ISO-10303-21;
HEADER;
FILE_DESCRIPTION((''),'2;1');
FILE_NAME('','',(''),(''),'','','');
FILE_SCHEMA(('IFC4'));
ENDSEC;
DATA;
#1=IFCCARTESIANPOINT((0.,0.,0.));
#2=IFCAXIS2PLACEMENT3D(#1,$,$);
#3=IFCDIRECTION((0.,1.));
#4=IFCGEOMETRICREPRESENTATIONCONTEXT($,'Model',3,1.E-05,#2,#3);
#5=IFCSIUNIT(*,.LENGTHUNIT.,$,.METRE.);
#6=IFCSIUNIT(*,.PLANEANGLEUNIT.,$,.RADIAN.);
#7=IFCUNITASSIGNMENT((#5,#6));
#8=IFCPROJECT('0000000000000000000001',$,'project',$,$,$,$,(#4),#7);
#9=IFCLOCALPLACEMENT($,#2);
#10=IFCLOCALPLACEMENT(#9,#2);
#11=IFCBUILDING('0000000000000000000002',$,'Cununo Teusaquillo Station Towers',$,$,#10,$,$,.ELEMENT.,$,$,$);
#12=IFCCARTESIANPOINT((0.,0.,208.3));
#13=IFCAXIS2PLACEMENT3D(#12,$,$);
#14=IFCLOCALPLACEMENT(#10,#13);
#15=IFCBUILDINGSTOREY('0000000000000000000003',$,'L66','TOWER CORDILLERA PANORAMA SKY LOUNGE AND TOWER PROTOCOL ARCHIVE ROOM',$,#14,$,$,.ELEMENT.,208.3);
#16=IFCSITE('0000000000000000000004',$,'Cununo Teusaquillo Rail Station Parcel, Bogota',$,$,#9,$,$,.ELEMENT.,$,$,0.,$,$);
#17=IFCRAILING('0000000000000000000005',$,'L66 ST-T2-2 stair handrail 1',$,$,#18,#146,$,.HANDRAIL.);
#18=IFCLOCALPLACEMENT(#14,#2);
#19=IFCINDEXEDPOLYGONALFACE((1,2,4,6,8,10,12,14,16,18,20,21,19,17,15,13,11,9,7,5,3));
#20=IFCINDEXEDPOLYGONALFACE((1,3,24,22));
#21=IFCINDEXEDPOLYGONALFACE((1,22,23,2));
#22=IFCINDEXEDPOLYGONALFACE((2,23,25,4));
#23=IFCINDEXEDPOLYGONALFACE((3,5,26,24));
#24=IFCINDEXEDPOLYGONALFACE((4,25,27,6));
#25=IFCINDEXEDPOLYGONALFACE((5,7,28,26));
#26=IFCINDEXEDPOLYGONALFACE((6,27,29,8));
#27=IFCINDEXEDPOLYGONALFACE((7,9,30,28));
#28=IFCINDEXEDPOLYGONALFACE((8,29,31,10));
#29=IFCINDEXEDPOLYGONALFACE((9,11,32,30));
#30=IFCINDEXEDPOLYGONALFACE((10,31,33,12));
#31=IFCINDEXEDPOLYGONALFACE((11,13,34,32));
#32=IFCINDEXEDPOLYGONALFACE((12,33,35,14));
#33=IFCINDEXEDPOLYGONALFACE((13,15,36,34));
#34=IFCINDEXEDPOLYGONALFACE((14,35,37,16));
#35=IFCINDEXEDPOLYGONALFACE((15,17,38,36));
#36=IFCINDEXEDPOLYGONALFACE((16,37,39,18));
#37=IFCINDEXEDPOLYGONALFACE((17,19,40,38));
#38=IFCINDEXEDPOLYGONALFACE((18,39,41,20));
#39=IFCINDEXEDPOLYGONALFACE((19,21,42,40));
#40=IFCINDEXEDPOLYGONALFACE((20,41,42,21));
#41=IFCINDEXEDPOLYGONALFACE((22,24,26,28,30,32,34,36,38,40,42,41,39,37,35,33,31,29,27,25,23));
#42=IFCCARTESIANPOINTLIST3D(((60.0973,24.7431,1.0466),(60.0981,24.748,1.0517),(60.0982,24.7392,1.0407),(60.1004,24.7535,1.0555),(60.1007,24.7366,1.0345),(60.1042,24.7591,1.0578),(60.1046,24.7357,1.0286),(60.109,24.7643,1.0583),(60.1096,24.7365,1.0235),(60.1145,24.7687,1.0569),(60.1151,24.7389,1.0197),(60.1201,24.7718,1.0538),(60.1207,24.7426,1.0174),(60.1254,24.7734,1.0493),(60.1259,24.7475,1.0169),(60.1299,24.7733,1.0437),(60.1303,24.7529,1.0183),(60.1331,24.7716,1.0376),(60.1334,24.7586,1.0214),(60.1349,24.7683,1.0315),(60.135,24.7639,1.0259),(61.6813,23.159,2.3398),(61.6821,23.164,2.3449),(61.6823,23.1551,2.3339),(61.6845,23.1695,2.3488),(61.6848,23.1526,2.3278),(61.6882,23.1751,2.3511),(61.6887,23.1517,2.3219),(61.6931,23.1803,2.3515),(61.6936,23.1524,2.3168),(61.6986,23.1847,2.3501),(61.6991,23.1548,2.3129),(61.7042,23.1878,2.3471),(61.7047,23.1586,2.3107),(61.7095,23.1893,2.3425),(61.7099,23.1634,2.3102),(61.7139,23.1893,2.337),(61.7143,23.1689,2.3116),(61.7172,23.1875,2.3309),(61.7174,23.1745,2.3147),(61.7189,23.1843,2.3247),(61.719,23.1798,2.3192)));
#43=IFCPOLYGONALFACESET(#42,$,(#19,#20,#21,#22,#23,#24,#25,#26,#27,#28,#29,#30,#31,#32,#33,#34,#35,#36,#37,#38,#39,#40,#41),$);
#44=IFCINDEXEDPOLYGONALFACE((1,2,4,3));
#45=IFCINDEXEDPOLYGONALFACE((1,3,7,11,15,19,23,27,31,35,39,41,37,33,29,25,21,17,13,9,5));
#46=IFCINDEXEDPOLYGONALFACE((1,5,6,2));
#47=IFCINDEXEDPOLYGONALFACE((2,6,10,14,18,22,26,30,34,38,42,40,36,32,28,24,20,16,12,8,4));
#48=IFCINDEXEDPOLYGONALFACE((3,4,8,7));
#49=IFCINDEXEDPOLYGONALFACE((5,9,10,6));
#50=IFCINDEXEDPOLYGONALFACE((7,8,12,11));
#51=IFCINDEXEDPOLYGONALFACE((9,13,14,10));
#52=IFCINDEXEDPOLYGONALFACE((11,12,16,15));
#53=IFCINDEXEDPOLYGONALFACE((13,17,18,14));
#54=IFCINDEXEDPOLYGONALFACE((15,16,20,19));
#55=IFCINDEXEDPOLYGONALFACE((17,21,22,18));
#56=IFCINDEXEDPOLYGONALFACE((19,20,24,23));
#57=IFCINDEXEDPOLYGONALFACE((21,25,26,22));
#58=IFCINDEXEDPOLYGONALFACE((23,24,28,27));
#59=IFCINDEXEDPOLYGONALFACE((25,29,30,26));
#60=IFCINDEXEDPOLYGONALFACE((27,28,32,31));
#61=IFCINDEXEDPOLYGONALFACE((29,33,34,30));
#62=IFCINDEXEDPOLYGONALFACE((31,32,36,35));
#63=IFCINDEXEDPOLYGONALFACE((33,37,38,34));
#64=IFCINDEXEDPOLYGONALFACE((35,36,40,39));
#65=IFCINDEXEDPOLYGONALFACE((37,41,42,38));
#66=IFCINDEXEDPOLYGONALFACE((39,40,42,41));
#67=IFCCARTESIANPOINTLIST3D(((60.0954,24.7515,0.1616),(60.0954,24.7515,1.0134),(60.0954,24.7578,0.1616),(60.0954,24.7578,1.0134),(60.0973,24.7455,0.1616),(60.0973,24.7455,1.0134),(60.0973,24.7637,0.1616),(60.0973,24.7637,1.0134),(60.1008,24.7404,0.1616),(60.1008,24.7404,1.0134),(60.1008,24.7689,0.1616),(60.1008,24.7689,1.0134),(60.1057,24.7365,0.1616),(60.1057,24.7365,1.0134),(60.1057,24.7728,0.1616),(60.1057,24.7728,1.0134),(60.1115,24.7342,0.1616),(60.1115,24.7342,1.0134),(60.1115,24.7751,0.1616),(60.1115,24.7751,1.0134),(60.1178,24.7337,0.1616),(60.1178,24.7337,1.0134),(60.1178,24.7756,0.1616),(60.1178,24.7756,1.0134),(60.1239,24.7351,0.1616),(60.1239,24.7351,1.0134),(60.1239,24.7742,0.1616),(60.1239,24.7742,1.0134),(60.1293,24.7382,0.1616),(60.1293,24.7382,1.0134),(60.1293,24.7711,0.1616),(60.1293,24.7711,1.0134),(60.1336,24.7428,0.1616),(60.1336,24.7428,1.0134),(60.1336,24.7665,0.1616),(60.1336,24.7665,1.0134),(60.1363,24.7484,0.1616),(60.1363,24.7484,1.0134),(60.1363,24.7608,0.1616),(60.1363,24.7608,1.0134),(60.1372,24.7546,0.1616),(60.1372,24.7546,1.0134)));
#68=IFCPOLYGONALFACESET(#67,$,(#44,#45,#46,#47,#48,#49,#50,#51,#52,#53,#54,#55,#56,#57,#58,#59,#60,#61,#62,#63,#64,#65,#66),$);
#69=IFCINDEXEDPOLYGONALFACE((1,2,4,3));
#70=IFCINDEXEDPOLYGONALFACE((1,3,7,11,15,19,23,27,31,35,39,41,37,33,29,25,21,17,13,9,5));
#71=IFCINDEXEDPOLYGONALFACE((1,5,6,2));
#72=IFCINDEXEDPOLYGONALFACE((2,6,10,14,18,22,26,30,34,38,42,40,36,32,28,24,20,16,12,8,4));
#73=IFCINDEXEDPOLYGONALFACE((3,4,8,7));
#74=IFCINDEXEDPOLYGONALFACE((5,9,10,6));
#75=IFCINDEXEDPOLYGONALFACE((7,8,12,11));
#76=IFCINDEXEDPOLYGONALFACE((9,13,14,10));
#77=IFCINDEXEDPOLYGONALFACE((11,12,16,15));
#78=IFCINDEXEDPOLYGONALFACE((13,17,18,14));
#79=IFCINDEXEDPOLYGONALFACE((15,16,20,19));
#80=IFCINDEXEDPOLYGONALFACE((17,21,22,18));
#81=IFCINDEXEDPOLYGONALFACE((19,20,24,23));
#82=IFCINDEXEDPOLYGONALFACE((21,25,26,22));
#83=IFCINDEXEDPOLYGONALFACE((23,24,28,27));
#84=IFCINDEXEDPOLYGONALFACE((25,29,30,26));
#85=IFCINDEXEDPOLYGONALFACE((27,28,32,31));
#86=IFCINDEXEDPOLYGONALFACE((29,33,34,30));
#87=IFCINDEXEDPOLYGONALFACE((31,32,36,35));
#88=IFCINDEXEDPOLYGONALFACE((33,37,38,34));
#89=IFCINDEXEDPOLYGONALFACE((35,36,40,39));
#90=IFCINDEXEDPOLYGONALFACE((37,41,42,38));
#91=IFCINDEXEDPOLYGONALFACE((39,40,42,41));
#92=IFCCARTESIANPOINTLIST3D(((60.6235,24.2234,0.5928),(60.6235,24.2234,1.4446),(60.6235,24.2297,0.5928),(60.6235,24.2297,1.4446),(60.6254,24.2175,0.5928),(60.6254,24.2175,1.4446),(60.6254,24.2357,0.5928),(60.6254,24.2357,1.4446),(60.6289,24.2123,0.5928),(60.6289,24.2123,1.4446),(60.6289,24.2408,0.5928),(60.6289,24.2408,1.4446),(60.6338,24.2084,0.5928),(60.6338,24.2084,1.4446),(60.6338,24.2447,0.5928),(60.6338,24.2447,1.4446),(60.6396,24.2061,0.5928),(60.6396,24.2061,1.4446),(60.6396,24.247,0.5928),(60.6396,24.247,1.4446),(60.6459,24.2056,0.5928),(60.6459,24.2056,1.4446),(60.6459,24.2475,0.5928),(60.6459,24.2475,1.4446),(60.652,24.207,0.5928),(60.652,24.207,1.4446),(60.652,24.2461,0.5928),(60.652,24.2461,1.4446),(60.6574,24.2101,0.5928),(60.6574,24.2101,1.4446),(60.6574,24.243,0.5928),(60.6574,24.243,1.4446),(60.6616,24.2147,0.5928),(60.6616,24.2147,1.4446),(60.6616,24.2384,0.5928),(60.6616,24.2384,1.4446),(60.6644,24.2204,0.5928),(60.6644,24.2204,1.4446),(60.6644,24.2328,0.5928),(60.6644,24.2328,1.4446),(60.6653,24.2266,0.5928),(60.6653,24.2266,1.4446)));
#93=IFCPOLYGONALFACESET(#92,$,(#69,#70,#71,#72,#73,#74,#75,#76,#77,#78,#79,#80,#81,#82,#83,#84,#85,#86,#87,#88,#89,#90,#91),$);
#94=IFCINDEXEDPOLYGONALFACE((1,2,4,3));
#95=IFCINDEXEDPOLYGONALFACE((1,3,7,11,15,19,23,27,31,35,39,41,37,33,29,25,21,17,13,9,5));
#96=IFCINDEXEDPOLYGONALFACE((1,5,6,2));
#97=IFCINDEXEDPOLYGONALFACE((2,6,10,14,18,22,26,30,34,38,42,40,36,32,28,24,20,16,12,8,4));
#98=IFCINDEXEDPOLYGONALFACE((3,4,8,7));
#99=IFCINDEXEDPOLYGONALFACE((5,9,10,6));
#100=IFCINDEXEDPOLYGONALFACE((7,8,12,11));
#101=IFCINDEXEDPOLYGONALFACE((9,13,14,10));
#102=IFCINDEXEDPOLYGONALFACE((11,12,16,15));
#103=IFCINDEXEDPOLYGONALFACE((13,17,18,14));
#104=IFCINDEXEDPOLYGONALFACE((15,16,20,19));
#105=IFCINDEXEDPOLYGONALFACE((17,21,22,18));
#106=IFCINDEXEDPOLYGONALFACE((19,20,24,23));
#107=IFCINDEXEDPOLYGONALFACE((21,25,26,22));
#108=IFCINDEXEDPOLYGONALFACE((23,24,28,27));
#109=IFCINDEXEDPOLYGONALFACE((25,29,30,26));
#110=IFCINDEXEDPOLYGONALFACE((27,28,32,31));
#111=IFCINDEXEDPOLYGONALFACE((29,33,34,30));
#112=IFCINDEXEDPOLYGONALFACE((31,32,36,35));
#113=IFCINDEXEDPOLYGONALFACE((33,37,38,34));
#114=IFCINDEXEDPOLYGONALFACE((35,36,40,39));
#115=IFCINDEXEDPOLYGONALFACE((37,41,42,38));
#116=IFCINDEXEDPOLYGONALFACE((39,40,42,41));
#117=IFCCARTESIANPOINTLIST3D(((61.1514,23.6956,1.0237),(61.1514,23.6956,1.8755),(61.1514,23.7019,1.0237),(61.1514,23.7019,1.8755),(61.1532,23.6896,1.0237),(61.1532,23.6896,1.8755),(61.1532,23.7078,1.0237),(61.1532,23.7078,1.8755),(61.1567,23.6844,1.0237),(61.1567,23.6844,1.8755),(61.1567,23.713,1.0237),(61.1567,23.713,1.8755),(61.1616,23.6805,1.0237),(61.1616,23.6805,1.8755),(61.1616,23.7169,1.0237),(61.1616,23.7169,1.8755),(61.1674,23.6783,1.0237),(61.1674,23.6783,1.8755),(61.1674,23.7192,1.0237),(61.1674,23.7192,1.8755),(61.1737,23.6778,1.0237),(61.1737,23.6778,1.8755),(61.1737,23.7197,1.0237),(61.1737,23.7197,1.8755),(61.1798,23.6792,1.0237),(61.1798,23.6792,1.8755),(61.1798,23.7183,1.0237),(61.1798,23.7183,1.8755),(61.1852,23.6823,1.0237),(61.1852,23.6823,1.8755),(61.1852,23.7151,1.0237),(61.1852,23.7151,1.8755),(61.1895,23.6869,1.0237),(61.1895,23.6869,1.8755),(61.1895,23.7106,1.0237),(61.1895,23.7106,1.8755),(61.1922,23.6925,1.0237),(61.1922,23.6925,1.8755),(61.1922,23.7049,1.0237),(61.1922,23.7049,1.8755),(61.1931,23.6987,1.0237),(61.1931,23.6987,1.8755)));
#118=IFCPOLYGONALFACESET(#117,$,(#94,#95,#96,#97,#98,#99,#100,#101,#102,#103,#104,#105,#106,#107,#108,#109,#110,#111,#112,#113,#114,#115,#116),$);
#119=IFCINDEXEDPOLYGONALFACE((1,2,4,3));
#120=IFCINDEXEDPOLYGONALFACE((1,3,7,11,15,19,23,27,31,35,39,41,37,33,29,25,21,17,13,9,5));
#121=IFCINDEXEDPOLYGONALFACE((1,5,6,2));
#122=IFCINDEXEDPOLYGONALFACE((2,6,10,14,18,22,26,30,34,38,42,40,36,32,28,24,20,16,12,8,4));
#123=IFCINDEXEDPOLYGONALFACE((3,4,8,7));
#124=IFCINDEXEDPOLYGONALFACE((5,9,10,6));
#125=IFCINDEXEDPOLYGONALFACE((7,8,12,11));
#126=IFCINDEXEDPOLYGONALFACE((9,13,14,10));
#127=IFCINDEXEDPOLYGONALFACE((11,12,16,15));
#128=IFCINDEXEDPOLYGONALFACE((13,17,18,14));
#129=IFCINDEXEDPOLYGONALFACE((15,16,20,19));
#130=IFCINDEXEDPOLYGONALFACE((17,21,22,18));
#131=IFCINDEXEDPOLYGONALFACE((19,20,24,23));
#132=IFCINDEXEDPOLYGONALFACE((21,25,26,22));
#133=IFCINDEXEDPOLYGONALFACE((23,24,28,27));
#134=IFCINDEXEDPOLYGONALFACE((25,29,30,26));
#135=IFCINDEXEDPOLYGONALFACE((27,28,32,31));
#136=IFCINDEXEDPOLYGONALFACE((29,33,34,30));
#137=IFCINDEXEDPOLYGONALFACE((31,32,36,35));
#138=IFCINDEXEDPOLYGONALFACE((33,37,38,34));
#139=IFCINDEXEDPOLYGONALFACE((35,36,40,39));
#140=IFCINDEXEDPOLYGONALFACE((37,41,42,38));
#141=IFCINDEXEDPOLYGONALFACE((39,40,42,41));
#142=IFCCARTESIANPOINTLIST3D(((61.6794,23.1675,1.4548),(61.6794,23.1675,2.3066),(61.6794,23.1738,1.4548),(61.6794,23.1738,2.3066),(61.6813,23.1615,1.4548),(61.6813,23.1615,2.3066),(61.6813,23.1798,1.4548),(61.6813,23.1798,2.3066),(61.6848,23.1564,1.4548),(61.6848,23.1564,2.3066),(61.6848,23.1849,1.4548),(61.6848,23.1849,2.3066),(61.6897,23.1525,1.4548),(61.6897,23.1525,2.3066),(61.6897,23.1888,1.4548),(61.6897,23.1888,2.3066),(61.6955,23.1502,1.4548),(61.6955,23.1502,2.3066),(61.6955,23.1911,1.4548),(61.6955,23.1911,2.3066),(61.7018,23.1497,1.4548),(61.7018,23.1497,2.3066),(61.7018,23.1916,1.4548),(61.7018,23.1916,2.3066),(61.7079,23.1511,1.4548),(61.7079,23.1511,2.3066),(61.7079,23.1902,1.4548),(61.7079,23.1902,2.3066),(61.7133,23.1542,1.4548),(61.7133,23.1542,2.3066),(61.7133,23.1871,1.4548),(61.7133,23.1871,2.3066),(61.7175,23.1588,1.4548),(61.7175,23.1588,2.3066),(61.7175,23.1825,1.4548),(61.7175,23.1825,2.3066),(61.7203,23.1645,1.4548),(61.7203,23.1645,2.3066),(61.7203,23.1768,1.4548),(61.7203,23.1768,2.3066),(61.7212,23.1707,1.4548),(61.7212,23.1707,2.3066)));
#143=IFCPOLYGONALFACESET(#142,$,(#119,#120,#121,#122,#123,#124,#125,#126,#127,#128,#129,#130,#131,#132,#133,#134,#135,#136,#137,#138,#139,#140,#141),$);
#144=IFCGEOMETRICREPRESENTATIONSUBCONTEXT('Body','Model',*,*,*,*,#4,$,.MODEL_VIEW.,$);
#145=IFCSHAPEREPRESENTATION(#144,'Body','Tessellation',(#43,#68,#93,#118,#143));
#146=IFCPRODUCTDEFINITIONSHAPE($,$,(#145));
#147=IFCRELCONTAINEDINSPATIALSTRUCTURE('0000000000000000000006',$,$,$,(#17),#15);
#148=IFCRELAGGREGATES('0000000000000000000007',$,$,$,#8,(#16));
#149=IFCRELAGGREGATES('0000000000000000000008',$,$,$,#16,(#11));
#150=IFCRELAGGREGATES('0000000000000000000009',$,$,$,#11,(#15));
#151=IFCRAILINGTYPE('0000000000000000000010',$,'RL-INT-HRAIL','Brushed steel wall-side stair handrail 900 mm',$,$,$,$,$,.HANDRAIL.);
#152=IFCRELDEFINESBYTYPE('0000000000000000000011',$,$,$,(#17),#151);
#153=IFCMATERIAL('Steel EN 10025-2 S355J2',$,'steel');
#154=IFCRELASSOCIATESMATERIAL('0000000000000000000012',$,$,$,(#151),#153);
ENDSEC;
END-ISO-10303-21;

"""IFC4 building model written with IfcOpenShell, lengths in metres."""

from ifc_helpers import new_model, si_unit, direction, frame, origin, origin_2d, place, context, subcontext, project, spatial, circle, extrude, material, type_object, element, save


model = new_model("IFC4")

# Units and contexts
model_context = context("Model", 3, precision=1e-05, world=origin(), true_north=direction((0.0, 1.0)))
body_context = subcontext(model_context, "Body", "Model", "MODEL_VIEW")
ifc_project = project(units=[si_unit("LENGTHUNIT", "METRE"), si_unit("PLANEANGLEUNIT", "RADIAN")], contexts=[model_context])

# Site, building, storey
site_placement = place(None, origin())
site = spatial("IfcSite", under=ifc_project, at=site_placement, Name="Cununo Teusaquillo Rail Station Parcel, Bogota", CompositionType="ELEMENT", RefElevation=0.0)
building_placement = place(site_placement, origin())
building = spatial("IfcBuilding", under=site, at=building_placement, Name="Cununo Teusaquillo Station Towers", CompositionType="ELEMENT")
storey_placement = place(building_placement, frame((0.0, 0.0, 208.3)))
storey = spatial("IfcBuildingStorey", under=building, at=storey_placement, Name="L66", Description="TOWER CORDILLERA PANORAMA SKY LOUNGE AND TOWER PROTOCOL ARCHIVE ROOM", CompositionType="ELEMENT", Elevation=208.3)

# Railing
ifc_material_1 = material(Name="Steel EN 10025-2 S355J2", Category="steel")
railing_type_1 = type_object("IfcRailingType", Name="RL-INT-HRAIL", Description="Brushed steel wall-side stair handrail 900 mm", PredefinedType="HANDRAIL", material=ifc_material_1)
railing_1_placement = place(storey_placement, frame((60.1162, 24.7546, 0.1616)))
element("IfcRailing", 1, at=railing_1_placement, inside=storey, type_object=railing_type_1, Name="L66 ST-T2-2 stair handrail 1", PredefinedType="HANDRAIL", context=body_context, shape_type="SweptSolid", body=[
    extrude(circle(Radius=0.0239, at=origin_2d()), frame((0.0, 0.0, 0.876), z_axis=(0.612385, -0.612385, 0.49997), x_axis=(0.707107, 0.707107, 0.0)), (0.0, 0.0, 1.0), 2.5867),
    extrude(circle(Radius=0.021, at=origin_2d()), origin(), (0.0, 0.0, 1.0), 0.8518),
    extrude(circle(Radius=0.021, at=origin_2d()), frame((0.5281, -0.5281, 0.4312)), (0.0, 0.0, 1.0), 0.8518),
    extrude(circle(Radius=0.021, at=origin_2d()), frame((1.0559, -1.0559, 0.8621)), (0.0, 0.0, 1.0), 0.8518),
    extrude(circle(Radius=0.021, at=origin_2d()), frame((1.584, -1.584, 1.2932)), (0.0, 0.0, 1.0), 0.8518),
])

save(model, "model.ifc")
